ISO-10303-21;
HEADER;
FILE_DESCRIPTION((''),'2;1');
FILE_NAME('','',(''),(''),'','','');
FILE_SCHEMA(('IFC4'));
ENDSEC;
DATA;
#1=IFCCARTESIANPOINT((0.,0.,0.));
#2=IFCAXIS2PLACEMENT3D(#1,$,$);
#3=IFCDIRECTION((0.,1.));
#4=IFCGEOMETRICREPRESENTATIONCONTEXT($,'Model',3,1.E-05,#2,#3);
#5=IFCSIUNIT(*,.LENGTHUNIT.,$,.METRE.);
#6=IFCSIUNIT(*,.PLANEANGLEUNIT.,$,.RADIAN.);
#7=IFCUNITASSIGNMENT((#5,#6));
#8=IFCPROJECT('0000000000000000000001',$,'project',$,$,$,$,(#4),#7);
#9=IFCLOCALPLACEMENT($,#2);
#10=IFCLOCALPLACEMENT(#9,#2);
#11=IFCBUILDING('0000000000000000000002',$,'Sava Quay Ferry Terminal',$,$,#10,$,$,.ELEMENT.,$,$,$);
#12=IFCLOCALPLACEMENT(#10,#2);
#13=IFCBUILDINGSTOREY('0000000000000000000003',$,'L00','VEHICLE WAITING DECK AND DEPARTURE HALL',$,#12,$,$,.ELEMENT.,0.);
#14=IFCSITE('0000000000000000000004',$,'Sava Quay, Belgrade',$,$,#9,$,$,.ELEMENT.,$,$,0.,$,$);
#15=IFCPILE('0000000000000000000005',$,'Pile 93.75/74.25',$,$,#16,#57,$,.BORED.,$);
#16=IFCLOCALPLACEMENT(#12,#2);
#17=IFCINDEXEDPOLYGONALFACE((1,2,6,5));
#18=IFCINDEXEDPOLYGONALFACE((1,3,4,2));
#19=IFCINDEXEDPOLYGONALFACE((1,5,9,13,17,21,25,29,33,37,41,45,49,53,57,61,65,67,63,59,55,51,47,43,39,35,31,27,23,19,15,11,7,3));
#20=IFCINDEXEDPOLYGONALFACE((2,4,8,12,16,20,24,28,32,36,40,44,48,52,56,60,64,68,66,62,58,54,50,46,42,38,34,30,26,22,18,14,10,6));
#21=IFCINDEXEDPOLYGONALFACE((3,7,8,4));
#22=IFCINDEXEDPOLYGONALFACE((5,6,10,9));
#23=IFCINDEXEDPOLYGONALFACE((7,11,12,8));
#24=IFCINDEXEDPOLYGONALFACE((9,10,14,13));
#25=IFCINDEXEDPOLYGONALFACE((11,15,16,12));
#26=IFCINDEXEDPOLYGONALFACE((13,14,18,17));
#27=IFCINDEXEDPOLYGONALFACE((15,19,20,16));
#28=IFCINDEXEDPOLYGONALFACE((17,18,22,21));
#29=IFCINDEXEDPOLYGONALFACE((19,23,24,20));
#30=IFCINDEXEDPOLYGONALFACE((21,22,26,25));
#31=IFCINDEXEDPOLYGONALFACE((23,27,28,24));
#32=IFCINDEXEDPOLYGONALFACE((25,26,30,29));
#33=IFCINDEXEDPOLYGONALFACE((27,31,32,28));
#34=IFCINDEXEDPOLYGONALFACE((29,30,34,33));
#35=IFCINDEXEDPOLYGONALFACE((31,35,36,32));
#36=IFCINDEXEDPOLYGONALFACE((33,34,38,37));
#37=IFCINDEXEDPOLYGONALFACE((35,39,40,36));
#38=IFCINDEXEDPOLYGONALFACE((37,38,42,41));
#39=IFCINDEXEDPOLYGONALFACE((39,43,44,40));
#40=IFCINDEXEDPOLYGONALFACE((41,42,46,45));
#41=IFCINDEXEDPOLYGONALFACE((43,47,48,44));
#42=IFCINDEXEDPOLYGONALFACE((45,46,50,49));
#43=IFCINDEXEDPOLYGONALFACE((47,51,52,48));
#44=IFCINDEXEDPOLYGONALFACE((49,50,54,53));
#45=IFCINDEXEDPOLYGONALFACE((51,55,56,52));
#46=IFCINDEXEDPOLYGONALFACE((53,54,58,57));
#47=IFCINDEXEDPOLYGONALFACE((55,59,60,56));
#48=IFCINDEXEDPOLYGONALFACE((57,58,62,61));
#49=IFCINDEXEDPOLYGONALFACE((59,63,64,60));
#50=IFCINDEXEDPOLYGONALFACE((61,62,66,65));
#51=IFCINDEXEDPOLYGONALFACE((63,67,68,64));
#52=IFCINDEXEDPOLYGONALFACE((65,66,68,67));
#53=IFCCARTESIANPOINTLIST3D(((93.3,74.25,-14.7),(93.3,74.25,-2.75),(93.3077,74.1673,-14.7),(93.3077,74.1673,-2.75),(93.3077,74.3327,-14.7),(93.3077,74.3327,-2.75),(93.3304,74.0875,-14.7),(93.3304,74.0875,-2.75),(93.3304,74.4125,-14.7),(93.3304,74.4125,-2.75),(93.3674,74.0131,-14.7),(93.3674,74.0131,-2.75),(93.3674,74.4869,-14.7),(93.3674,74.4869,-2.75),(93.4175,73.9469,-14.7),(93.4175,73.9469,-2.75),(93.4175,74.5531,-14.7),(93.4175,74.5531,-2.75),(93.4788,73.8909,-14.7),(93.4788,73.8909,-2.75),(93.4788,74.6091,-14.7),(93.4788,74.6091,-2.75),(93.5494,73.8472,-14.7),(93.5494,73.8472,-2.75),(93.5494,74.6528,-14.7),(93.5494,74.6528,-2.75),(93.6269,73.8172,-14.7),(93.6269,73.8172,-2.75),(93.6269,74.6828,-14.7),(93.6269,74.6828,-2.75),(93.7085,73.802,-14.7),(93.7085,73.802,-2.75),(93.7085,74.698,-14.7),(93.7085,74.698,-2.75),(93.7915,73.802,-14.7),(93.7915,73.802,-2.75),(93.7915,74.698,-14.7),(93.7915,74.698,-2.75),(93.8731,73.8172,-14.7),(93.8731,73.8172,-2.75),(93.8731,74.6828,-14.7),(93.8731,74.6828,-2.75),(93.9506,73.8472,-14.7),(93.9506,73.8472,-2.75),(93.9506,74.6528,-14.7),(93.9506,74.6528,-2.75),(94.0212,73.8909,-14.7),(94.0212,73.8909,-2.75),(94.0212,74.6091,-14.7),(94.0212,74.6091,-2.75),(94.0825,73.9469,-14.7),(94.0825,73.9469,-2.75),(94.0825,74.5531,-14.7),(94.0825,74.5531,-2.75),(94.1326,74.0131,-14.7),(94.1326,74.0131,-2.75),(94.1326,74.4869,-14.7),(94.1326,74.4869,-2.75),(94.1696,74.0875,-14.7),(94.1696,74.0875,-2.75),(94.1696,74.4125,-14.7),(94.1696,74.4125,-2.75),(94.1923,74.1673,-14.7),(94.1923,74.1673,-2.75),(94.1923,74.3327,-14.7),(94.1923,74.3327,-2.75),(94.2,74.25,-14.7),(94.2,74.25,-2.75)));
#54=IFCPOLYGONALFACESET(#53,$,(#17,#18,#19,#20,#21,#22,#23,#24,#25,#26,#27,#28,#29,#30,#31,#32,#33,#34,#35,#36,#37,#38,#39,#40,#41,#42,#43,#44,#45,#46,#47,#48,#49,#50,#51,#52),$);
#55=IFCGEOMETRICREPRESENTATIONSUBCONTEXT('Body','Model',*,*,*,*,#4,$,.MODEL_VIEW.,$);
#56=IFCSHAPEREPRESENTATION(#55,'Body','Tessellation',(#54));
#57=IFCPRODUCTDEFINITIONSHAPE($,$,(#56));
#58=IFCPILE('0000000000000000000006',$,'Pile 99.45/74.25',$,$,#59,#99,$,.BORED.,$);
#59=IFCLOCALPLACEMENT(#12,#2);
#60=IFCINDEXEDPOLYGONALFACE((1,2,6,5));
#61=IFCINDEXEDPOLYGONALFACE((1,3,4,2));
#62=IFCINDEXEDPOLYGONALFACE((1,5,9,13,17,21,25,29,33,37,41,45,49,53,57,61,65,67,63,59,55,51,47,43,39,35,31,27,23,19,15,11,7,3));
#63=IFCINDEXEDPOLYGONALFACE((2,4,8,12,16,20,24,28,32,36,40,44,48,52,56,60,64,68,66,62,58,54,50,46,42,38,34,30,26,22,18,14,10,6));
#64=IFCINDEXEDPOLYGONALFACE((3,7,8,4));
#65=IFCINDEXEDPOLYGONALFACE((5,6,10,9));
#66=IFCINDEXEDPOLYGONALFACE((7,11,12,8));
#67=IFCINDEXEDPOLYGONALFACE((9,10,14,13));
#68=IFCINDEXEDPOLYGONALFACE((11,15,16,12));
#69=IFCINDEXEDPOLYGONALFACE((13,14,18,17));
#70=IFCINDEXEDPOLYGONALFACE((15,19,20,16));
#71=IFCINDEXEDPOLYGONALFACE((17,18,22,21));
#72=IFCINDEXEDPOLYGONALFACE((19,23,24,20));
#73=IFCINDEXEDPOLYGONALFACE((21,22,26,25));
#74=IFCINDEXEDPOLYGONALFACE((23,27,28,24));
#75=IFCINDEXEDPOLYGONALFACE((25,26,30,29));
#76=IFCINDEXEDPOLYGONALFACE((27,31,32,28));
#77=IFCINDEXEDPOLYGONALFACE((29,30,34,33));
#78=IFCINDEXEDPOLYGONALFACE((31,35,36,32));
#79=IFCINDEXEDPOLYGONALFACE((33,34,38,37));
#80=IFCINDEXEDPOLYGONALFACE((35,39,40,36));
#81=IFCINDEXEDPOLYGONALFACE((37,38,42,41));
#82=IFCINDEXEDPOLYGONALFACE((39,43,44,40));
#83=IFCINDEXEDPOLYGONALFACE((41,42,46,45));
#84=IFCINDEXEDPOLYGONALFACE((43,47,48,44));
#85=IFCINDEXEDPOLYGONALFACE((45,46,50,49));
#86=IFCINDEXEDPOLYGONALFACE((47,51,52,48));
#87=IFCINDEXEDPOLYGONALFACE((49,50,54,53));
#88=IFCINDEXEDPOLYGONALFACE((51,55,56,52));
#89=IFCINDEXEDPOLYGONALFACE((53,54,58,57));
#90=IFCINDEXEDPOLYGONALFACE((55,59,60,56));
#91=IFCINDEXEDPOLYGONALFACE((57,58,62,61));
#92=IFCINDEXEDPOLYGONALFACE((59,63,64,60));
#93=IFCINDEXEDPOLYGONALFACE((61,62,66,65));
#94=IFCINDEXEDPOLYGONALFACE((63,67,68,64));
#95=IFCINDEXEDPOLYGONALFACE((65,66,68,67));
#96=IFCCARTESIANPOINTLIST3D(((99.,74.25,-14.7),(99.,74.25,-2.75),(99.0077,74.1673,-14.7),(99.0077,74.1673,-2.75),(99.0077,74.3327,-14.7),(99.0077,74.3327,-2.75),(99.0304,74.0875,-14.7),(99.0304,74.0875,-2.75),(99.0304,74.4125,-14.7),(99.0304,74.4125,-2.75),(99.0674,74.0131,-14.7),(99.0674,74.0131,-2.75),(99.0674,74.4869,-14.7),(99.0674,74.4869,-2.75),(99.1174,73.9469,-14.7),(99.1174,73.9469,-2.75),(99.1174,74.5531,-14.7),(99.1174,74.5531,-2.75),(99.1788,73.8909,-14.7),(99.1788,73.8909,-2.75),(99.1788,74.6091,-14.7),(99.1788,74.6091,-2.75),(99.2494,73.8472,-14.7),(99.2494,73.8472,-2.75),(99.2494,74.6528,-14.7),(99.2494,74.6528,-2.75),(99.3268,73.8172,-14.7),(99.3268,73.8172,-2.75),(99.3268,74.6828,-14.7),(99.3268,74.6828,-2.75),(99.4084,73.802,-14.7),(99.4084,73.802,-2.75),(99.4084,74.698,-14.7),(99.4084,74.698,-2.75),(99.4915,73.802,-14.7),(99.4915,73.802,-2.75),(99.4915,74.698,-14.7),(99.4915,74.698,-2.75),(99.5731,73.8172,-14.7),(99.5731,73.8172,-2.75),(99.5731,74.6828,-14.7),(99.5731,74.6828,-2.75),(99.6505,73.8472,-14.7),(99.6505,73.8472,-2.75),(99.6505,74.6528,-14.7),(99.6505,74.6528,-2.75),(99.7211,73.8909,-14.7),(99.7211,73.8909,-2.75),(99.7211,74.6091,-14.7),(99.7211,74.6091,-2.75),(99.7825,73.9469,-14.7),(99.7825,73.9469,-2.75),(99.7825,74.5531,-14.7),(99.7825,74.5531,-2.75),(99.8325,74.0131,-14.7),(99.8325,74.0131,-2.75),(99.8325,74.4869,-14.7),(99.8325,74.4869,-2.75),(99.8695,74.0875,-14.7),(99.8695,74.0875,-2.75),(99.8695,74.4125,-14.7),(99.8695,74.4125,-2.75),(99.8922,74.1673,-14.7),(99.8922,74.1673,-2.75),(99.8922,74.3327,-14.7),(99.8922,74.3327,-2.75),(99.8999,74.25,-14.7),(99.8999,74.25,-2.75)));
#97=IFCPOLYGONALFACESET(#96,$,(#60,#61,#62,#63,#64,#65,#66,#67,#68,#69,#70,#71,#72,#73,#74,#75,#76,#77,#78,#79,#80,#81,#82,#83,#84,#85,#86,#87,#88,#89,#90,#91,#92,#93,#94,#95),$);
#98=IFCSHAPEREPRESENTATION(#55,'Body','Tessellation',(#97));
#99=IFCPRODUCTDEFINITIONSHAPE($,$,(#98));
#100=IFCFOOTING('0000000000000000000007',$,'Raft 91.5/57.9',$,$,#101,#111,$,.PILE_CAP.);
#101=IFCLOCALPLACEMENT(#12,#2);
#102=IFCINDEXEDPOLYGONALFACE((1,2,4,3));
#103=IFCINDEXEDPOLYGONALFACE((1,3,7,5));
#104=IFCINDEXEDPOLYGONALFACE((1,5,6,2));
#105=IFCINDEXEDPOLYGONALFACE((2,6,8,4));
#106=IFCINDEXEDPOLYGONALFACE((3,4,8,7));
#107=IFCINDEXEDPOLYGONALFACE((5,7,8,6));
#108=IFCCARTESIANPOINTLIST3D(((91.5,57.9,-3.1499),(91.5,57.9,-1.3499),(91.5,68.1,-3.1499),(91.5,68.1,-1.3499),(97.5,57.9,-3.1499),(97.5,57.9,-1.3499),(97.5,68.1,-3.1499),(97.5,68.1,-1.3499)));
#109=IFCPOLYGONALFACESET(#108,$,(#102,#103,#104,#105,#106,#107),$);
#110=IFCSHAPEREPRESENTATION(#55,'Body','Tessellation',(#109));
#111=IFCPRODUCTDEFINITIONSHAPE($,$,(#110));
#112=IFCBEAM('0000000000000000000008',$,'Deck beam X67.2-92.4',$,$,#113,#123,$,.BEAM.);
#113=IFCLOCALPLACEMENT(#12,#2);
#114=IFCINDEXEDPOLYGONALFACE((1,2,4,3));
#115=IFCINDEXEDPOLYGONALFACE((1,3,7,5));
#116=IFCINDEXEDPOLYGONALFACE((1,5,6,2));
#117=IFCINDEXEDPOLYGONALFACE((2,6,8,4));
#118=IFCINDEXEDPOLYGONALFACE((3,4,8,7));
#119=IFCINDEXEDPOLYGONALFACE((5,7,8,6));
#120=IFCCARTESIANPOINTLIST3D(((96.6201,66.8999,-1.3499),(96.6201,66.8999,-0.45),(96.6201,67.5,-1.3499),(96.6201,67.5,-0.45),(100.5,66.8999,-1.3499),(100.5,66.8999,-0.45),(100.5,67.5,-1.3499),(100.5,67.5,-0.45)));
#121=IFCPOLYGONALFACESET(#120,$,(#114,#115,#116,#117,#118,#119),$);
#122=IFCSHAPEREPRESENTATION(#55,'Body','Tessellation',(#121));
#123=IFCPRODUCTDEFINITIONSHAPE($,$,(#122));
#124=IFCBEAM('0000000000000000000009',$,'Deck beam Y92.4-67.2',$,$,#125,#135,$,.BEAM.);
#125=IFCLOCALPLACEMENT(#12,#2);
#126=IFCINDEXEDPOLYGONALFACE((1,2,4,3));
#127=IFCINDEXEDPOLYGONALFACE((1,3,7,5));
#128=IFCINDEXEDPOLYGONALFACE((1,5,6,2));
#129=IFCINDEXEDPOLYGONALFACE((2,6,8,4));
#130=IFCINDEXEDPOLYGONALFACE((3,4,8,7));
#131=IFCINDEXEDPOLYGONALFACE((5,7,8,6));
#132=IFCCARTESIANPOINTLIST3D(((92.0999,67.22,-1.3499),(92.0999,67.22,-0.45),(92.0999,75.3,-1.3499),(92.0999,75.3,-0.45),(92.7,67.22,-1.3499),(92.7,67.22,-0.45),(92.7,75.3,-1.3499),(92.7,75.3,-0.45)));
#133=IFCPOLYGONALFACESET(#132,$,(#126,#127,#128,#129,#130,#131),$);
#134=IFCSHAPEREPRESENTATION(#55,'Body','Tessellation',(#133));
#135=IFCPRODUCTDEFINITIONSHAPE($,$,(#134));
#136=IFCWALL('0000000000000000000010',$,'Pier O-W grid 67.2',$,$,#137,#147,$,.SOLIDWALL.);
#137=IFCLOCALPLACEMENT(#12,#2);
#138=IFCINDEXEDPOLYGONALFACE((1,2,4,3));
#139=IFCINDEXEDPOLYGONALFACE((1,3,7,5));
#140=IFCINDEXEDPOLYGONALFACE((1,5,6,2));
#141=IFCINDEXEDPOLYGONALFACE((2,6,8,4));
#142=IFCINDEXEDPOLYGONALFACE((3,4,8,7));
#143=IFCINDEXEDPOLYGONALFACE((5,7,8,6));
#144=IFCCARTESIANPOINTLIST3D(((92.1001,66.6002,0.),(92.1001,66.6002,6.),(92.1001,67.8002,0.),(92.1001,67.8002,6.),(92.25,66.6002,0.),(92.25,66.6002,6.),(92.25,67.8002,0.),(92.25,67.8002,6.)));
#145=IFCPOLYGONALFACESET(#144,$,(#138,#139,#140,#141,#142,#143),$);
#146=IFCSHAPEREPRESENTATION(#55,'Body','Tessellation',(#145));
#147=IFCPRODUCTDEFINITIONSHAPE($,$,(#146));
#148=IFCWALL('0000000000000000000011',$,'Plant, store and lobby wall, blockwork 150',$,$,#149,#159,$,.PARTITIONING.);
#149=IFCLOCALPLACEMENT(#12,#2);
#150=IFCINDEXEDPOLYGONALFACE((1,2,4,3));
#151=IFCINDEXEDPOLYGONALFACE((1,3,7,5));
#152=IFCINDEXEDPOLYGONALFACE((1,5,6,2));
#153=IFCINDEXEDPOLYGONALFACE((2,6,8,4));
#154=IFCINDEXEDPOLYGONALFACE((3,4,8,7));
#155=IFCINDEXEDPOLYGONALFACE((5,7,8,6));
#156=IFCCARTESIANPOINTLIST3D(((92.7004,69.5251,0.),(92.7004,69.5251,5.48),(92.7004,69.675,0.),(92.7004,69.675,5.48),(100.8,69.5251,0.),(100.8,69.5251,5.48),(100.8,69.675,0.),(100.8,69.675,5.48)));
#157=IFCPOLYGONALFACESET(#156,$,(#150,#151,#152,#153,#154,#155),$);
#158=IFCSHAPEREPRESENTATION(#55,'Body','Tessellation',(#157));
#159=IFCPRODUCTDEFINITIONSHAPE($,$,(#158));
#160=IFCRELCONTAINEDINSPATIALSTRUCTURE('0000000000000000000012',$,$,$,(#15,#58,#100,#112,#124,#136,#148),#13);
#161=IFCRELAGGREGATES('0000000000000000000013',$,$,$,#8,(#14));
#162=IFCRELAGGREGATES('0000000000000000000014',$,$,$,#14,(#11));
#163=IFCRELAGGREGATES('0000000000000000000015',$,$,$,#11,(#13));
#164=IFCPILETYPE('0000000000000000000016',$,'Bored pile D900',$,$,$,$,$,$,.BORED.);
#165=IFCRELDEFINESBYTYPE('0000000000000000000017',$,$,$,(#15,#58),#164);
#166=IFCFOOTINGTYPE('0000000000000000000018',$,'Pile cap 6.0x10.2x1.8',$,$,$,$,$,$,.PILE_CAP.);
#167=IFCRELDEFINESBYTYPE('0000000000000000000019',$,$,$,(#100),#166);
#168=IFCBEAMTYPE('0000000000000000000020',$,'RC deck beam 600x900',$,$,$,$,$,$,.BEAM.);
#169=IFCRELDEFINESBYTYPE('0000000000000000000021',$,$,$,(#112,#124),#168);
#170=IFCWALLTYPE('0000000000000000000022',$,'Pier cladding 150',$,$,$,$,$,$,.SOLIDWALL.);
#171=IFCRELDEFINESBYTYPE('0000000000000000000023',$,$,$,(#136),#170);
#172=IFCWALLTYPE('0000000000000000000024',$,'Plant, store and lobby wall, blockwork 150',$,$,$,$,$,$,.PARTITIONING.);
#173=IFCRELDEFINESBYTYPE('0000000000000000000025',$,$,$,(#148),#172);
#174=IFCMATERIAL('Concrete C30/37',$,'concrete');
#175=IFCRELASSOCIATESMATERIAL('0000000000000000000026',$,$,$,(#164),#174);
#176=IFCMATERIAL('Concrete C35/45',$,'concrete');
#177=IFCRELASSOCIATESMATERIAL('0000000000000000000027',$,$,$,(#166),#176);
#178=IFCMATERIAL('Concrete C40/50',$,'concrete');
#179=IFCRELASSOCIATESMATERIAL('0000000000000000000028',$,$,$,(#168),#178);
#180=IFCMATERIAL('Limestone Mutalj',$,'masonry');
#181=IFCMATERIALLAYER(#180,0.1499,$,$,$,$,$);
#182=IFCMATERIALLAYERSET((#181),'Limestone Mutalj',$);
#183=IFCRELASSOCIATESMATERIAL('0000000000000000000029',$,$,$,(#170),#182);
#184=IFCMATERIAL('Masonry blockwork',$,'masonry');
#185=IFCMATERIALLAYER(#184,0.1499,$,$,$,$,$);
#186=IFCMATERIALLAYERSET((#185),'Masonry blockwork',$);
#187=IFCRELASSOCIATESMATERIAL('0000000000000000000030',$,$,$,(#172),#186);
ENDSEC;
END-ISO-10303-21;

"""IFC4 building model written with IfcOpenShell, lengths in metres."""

from ifc_helpers import new_model, si_unit, direction, frame, frame_2d, origin, origin_2d, place, context, subcontext, project, spatial, rectangle, circle, extrude, material, layer, layer_set, material_profile, profile_set, type_object, element, save


model = new_model("IFC4")

# Units and contexts
model_context = context("Model", 3, precision=1e-05, world=origin(), true_north=direction((0.0, 1.0)))
body_context = subcontext(model_context, "Body", "Model", "MODEL_VIEW")
ifc_project = project(units=[si_unit("LENGTHUNIT", "METRE"), si_unit("PLANEANGLEUNIT", "RADIAN")], contexts=[model_context])

# Site, building, storey
site_placement = place(None, origin())
site = spatial("IfcSite", under=ifc_project, at=site_placement, Name="Sava Quay, Belgrade", CompositionType="ELEMENT", RefElevation=0.0)
building_placement = place(site_placement, origin())
building = spatial("IfcBuilding", under=site, at=building_placement, Name="Sava Quay Ferry Terminal", CompositionType="ELEMENT")
storey_placement = place(building_placement, origin())
storey = spatial("IfcBuildingStorey", under=building, at=storey_placement, Name="L00", Description="VEHICLE WAITING DECK AND DEPARTURE HALL", CompositionType="ELEMENT", Elevation=0.0)

# Piles
ifc_material_1 = material(Name="Concrete C30/37", Category="concrete")
ifc_material_profile_1 = material_profile(ifc_material_1, circle(Radius=0.45, at=origin_2d()), Name="Bored pile D900")
ifc_profile_set_1 = profile_set([ifc_material_profile_1], Name="Concrete C30/37")
pile_type = type_object("IfcPileType", Name="Bored pile D900", PredefinedType="BORED", material=ifc_profile_set_1)
for number, where, z_axis, x_axis, name in (
    (1, (93.75, 74.25, -2.75), (0.0, 0.0, -1.0), (1.0, 0.0, 0.0), "Pile 93.75/74.25"),
    (2, (99.45, 74.25, -2.75), (0.0, 0.0, -1.0), (1.0, 0.0, 0.0), "Pile 99.45/74.25"),
):
    element("IfcPile", number, at=place(storey_placement, frame(where, z_axis=z_axis, x_axis=x_axis)), inside=storey, type_object=pile_type, Name=name, PredefinedType="BORED", context=body_context, shape_type="SweptSolid", body=[
        extrude(circle(Radius=0.45, at=origin_2d()), origin(), (0.0, 0.0, 1.0), 11.95),
    ])

# Footing
ifc_material_2 = material(Name="Concrete C35/45", Category="concrete")
footing_type = type_object("IfcFootingType", Name="Pile cap 6.0x10.2x1.8", PredefinedType="PILE_CAP", material=ifc_material_2)
footing_placement = place(storey_placement, frame((94.5, 63.0, -3.1499), z_axis=(0.0, 0.0, 1.0), x_axis=(1.0, 0.0, 0.0)))
element("IfcFooting", 3, at=footing_placement, inside=storey, type_object=footing_type, Name="Raft 91.5/57.9", PredefinedType="PILE_CAP", context=body_context, shape_type="SweptSolid", body=[
    extrude(rectangle(XDim=6.0, YDim=10.2, at=origin_2d()), origin(), (0.0, 0.0, 1.0), 1.8),
])

# Beams
ifc_material_3 = material(Name="Concrete C40/50", Category="concrete")
ifc_material_profile_2 = material_profile(ifc_material_3, rectangle(XDim=0.6001, YDim=0.8999, at=origin_2d()), Name="RC 600x900")
ifc_profile_set_2 = profile_set([ifc_material_profile_2], Name="Concrete C40/50")
beam_type = type_object("IfcBeamType", Name="RC deck beam 600x900", PredefinedType="BEAM", material=ifc_profile_set_2)
beam_1_placement = place(storey_placement, frame((96.6201, 67.2, -0.8999), z_axis=(1.0, 0.0, 0.0), x_axis=(0.0, 1.0, 0.0)))
element("IfcBeam", 4, at=beam_1_placement, inside=storey, type_object=beam_type, Name="Deck beam X67.2-92.4", PredefinedType="BEAM", context=body_context, shape_type="SweptSolid", body=[
    extrude(rectangle(XDim=0.6001, YDim=0.8999, at=origin_2d()), origin(), (0.0, 0.0, 1.0), 3.8799),
])
beam_2_placement = place(storey_placement, frame((92.3999, 67.22, -0.8999), z_axis=(0.0, 1.0, 0.0), x_axis=(-1.0, 0.0, 0.0)))
element("IfcBeam", 5, at=beam_2_placement, inside=storey, type_object=beam_type, Name="Deck beam Y92.4-67.2", PredefinedType="BEAM", context=body_context, shape_type="SweptSolid", body=[
    extrude(rectangle(XDim=0.6001, YDim=0.8999, at=origin_2d()), origin(), (0.0, 0.0, 1.0), 8.0801),
])

# Walls
ifc_material_4 = material(Name="Limestone Mutalj", Category="masonry")
ifc_layer_1 = layer(ifc_material_4, 0.1499)
ifc_layer_set_1 = layer_set([ifc_layer_1], Name="Limestone Mutalj")
wall_type_1 = type_object("IfcWallType", Name="Pier cladding 150", PredefinedType="SOLIDWALL", material=ifc_layer_set_1)
wall_1_placement = place(storey_placement, frame((92.175, 66.6001, 0.0), z_axis=(0.0, 0.0, 1.0), x_axis=(0.0, 1.0, 0.0)))
element("IfcWall", 6, at=wall_1_placement, inside=storey, type_object=wall_type_1, Name="Pier O-W grid 67.2", PredefinedType="SOLIDWALL", context=body_context, shape_type="SweptSolid", body=[
    extrude(rectangle(XDim=1.2, YDim=0.1499, at=frame_2d((0.6001, 0.0))), origin(), (0.0, 0.0, 1.0), 6.0),
])
ifc_material_5 = material(Name="Masonry blockwork", Category="masonry")
ifc_layer_2 = layer(ifc_material_5, 0.1499)
ifc_layer_set_2 = layer_set([ifc_layer_2], Name="Masonry blockwork")
wall_type_2 = type_object("IfcWallType", Name="Plant, store and lobby wall, blockwork 150", PredefinedType="PARTITIONING", material=ifc_layer_set_2)
wall_2_placement = place(storey_placement, frame((92.7004, 69.6001, 0.0), z_axis=(0.0, 0.0, 1.0), x_axis=(1.0, 0.0, 0.0)))
element("IfcWall", 7, at=wall_2_placement, inside=storey, type_object=wall_type_2, Name="Plant, store and lobby wall, blockwork 150", PredefinedType="PARTITIONING", context=body_context, shape_type="SweptSolid", body=[
    extrude(rectangle(XDim=8.0996, YDim=0.1499, at=frame_2d((4.0498, 0.0))), origin(), (0.0, 0.0, 1.0), 5.48),
])

save(model, "model.ifc")
